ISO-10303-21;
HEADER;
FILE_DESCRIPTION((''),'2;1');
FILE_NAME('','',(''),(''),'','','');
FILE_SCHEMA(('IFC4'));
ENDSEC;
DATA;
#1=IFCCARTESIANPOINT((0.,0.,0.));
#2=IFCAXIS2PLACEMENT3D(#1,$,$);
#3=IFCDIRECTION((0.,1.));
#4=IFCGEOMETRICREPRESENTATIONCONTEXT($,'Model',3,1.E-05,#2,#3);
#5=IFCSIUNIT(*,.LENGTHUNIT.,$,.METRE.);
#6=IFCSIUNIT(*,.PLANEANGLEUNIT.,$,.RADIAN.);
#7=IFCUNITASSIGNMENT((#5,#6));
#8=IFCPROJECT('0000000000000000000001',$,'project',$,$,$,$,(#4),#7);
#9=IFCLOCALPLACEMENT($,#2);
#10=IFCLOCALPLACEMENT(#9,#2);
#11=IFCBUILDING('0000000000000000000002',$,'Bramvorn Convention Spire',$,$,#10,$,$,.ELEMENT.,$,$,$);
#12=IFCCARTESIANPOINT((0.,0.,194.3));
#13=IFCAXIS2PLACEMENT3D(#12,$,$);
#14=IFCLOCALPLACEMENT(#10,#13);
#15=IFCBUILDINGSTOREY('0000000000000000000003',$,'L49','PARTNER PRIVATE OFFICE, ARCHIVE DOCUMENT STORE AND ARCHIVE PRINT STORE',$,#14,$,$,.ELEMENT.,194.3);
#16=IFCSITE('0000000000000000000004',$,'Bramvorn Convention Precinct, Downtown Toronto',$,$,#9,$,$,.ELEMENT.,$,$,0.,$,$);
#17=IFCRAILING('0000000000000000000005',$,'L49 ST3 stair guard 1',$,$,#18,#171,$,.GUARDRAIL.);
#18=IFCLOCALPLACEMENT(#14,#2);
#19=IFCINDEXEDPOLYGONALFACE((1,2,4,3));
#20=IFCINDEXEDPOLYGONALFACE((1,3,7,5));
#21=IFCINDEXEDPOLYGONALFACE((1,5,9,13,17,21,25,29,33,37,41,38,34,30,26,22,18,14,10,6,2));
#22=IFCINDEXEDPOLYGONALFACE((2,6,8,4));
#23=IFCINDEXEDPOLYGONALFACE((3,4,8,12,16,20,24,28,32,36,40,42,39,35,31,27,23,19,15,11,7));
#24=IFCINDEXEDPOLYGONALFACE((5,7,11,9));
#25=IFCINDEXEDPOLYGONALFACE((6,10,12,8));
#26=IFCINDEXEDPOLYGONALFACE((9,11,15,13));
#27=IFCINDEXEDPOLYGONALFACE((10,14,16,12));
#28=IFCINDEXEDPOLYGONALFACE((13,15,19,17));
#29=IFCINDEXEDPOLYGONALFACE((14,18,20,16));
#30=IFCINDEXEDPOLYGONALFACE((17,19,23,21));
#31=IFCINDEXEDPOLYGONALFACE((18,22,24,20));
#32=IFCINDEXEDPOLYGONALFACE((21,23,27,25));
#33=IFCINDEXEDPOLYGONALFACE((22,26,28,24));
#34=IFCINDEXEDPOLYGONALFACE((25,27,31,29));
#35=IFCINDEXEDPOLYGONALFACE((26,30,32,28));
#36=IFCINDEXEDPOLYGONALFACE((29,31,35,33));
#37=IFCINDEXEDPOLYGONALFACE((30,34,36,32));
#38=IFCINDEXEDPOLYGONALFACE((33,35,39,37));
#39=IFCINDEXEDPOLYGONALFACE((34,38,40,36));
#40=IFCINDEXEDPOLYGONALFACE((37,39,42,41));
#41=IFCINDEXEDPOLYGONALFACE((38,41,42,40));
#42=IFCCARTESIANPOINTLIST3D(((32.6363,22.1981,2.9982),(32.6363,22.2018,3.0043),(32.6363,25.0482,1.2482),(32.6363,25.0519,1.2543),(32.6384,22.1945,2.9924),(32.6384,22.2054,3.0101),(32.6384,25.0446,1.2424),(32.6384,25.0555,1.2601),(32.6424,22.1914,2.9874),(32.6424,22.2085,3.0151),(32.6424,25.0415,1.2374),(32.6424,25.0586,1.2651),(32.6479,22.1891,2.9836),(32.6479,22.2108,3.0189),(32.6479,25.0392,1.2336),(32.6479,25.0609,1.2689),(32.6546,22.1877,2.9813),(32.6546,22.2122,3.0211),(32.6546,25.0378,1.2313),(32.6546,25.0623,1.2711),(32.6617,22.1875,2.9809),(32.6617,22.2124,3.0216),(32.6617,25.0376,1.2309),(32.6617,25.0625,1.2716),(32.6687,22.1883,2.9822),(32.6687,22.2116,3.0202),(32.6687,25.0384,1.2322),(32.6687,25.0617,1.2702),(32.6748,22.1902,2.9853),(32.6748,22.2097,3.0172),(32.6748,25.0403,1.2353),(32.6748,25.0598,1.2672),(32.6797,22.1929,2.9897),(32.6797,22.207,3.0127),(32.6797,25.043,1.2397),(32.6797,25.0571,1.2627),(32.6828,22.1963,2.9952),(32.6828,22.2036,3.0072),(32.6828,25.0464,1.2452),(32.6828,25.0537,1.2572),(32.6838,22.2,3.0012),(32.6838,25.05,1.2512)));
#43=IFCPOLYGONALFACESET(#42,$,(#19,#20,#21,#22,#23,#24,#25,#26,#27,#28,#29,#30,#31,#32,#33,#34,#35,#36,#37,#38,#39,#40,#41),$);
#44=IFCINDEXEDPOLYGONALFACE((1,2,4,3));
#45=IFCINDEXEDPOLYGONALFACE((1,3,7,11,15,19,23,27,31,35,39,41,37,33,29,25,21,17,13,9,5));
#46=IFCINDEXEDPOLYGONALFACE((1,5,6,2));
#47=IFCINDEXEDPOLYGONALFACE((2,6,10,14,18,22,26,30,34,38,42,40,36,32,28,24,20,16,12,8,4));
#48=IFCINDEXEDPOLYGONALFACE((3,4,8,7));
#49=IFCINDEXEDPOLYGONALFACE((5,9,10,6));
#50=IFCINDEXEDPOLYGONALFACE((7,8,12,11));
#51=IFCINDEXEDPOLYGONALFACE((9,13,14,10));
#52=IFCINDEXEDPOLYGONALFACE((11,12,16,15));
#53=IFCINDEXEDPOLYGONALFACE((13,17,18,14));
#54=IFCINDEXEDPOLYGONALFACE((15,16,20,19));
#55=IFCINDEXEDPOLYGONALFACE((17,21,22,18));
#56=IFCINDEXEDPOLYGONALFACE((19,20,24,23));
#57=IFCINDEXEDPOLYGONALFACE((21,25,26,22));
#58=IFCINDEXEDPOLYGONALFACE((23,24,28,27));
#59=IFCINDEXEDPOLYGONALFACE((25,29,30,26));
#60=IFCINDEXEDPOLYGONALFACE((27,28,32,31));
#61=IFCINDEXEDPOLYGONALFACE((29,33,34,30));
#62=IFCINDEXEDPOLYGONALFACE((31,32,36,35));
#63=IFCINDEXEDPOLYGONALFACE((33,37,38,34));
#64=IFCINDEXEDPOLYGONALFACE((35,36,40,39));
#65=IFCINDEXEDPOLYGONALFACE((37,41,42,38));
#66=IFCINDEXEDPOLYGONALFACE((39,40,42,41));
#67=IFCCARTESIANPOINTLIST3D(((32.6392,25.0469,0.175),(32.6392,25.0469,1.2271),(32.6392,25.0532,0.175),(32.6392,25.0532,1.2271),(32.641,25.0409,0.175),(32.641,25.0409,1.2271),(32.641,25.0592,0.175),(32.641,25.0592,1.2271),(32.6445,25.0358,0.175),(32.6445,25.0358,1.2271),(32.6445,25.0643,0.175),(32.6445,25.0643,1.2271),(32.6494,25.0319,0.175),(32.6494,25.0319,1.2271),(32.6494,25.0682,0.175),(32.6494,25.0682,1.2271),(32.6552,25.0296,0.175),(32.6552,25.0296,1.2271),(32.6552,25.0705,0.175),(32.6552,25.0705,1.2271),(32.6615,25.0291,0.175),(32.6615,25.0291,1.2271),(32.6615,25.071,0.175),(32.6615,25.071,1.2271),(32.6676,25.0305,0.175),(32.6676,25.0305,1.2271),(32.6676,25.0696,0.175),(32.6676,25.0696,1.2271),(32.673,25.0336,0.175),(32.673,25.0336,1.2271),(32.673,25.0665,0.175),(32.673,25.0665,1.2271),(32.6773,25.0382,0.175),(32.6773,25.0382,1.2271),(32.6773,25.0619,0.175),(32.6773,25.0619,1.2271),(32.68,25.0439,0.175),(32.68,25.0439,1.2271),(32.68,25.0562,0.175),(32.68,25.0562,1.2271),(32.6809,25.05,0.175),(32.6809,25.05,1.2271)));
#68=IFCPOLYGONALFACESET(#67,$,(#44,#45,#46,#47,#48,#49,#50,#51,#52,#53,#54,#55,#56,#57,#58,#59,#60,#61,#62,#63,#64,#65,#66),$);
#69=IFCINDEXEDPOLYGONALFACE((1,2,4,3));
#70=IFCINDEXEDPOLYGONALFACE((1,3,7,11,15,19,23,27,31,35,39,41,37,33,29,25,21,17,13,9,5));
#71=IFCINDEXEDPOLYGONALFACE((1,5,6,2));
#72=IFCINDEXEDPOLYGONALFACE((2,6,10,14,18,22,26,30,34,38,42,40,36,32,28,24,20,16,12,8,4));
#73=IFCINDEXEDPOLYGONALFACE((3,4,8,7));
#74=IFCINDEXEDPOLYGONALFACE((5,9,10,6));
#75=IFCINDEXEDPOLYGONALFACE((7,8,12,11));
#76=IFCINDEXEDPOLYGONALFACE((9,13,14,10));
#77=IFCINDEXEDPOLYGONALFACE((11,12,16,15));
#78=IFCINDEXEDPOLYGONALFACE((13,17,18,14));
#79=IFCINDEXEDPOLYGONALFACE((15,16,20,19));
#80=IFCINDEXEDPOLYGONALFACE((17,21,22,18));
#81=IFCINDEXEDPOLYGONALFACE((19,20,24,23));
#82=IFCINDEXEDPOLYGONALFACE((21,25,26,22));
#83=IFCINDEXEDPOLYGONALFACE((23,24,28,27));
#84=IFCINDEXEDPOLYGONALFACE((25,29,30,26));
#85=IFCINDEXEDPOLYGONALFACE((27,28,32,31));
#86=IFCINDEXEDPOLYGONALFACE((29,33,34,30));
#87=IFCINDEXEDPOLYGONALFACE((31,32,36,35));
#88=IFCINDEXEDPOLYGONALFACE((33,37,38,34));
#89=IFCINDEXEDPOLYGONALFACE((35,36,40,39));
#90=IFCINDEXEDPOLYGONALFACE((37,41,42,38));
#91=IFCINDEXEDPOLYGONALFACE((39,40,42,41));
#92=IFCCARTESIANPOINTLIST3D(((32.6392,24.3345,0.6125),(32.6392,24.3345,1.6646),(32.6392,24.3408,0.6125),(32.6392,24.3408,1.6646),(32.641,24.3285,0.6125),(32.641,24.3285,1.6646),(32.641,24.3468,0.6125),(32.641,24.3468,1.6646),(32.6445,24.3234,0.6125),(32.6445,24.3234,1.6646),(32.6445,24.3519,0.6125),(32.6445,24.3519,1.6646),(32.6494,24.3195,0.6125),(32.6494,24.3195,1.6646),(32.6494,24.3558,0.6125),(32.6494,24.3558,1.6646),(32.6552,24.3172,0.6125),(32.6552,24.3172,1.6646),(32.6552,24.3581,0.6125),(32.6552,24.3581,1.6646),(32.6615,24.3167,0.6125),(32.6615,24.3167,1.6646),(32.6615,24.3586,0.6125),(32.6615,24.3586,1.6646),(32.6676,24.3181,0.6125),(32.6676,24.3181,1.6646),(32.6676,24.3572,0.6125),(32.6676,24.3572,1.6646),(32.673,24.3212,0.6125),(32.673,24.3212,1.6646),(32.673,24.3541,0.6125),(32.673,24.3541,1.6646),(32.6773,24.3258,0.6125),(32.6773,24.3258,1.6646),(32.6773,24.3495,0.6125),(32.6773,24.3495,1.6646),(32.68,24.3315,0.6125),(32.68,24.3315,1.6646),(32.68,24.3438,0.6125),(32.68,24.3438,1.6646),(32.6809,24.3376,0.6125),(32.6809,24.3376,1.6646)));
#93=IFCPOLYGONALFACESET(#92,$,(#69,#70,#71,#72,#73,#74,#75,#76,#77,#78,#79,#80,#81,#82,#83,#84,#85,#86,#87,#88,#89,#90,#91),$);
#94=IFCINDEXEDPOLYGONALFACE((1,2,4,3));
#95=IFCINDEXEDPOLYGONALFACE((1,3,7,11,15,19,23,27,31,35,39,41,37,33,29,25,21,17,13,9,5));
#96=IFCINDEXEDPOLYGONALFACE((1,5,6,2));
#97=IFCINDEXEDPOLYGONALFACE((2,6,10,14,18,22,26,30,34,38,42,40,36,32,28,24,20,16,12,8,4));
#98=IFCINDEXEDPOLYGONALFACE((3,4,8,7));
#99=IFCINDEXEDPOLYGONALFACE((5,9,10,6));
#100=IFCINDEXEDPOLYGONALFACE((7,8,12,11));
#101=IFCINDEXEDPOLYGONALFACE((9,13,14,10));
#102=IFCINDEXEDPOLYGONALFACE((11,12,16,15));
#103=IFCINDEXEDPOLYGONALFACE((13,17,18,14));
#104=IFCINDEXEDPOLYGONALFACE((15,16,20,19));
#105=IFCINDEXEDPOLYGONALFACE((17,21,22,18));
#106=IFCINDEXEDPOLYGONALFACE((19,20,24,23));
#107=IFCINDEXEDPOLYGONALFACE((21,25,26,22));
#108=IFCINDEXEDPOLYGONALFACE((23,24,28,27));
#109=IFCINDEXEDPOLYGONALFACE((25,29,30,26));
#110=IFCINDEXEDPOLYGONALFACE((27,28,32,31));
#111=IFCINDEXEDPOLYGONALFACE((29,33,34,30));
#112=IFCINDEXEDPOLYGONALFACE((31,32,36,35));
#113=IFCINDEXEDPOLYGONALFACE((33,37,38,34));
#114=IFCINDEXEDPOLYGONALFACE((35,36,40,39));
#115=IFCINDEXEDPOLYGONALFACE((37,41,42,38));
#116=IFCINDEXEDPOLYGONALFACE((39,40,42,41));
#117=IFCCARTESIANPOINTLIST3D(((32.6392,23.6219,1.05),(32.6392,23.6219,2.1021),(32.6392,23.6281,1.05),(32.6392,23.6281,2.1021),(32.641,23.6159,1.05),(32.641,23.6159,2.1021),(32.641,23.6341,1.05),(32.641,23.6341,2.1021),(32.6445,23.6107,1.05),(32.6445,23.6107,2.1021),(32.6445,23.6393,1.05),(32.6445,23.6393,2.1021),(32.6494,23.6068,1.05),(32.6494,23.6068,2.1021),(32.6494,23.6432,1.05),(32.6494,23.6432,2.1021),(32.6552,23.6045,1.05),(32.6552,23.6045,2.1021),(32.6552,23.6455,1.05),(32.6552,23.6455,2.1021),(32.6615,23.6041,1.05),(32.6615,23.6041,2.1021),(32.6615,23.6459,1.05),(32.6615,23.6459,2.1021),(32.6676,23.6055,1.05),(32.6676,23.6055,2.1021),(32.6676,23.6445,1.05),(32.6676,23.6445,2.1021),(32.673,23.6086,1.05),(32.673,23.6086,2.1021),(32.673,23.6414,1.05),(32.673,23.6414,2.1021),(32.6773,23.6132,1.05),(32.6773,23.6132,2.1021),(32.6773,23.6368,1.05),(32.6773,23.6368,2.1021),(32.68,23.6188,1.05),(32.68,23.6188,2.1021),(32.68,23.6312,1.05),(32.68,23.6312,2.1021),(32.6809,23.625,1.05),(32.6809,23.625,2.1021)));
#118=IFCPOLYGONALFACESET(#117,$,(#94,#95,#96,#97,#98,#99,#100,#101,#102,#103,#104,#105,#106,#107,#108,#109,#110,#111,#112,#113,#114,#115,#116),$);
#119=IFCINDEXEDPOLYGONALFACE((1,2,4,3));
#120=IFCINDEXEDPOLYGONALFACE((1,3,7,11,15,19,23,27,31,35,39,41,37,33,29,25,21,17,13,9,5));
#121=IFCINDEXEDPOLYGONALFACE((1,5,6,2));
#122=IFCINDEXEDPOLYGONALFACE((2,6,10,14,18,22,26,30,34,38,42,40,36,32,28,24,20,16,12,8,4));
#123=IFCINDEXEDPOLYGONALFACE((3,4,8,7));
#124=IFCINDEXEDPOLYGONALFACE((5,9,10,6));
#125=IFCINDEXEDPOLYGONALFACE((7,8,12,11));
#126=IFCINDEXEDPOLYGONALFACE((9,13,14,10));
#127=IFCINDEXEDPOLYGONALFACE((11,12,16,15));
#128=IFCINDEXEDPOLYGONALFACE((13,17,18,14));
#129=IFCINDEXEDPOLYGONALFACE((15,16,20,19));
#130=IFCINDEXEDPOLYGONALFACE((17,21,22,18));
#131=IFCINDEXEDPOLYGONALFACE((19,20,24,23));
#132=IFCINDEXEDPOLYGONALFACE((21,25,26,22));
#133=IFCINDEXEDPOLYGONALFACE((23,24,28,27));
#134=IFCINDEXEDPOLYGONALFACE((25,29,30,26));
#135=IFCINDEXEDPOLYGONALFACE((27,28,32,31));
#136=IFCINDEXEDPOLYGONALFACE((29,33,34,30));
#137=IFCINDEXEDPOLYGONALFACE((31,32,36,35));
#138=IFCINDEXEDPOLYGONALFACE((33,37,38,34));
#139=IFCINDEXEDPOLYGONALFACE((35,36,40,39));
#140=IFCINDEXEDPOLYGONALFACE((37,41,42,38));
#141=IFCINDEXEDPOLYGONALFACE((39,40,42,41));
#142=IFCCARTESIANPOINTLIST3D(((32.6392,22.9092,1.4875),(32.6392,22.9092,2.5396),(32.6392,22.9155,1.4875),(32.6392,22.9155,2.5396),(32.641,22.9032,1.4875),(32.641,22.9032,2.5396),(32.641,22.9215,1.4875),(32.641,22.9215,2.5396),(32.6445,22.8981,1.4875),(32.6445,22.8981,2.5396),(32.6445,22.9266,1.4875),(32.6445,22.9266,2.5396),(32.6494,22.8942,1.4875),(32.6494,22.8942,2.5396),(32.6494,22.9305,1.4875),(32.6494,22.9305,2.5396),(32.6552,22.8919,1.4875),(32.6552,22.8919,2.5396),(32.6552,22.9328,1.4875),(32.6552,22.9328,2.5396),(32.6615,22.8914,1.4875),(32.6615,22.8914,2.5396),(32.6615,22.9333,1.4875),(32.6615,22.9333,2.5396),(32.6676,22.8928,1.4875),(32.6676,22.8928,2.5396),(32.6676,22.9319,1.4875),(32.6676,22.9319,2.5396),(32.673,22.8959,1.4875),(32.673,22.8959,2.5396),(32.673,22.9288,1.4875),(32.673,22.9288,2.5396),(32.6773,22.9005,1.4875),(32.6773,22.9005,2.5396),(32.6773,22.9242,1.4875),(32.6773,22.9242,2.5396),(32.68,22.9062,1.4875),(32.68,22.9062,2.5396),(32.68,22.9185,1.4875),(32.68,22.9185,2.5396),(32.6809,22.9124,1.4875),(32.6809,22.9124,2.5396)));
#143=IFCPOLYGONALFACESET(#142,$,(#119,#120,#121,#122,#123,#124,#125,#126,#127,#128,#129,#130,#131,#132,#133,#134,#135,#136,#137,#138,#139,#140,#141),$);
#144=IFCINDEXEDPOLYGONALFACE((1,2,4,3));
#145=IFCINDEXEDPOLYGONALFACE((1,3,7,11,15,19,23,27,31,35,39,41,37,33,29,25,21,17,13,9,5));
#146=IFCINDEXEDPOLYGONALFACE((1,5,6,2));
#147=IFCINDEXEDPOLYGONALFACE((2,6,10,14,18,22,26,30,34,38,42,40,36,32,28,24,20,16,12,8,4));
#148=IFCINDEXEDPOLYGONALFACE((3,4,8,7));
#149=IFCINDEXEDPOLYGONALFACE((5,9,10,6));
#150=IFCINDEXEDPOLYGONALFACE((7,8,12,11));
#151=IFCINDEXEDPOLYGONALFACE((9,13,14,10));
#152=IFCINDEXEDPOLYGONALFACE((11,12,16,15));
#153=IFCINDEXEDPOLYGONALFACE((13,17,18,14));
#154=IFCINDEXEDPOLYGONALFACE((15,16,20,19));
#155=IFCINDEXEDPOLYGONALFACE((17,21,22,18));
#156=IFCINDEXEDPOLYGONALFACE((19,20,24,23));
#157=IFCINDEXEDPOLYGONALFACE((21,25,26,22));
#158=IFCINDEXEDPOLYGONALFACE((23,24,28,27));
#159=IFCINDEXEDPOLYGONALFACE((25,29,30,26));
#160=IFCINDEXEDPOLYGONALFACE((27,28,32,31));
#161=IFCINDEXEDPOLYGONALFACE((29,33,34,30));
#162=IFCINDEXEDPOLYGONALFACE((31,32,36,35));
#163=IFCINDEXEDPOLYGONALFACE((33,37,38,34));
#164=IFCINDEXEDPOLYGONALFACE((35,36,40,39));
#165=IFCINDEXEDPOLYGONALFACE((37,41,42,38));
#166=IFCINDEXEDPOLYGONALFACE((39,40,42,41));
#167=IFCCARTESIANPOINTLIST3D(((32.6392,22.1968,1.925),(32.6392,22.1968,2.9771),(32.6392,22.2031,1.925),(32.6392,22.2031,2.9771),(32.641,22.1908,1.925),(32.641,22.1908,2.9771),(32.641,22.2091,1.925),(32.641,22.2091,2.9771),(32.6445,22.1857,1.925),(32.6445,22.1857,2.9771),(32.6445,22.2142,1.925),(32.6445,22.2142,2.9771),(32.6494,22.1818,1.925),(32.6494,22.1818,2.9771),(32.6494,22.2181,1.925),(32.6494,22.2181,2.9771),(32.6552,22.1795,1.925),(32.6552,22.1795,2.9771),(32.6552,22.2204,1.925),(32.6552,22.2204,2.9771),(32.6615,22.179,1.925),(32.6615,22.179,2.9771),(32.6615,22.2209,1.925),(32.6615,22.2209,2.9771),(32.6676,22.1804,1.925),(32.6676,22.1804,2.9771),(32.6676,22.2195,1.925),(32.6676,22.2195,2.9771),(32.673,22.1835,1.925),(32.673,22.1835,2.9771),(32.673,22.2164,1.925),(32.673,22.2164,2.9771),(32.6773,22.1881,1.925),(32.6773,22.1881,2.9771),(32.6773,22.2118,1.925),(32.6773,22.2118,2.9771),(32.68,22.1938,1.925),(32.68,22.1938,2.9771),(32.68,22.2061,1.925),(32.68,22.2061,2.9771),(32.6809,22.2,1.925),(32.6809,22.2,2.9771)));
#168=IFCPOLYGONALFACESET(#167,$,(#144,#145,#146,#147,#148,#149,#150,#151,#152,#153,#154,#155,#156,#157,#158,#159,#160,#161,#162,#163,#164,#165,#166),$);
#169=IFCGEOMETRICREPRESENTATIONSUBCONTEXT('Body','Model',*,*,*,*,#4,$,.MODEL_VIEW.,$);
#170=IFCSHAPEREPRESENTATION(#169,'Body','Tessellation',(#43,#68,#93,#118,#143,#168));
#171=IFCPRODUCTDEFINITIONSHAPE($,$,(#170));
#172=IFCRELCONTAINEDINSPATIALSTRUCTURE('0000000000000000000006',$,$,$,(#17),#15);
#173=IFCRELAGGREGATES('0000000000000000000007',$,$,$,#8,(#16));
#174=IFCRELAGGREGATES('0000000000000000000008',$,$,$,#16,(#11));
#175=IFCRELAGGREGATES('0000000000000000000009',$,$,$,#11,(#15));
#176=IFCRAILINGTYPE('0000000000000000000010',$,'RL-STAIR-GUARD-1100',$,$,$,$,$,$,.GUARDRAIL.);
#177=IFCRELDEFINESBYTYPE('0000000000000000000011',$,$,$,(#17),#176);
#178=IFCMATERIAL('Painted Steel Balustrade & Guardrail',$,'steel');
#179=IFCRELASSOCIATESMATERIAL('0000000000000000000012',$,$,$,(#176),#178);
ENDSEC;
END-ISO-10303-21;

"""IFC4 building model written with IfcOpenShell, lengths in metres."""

from ifc_helpers import new_model, si_unit, direction, frame, origin, origin_2d, place, context, subcontext, project, spatial, circle, extrude, material, type_object, element, save


model = new_model("IFC4")

# Units and contexts
model_context = context("Model", 3, precision=1e-05, world=origin(), true_north=direction((0.0, 1.0)))
body_context = subcontext(model_context, "Body", "Model", "MODEL_VIEW")
ifc_project = project(units=[si_unit("LENGTHUNIT", "METRE"), si_unit("PLANEANGLEUNIT", "RADIAN")], contexts=[model_context])

# Site, building, storey
site_placement = place(None, origin())
site = spatial("IfcSite", under=ifc_project, at=site_placement, Name="Bramvorn Convention Precinct, Downtown Toronto", CompositionType="ELEMENT", RefElevation=0.0)
building_placement = place(site_placement, origin())
building = spatial("IfcBuilding", under=site, at=building_placement, Name="Bramvorn Convention Spire", CompositionType="ELEMENT")
storey_placement = place(building_placement, frame((0.0, 0.0, 194.3)))
storey = spatial("IfcBuildingStorey", under=building, at=storey_placement, Name="L49", Description="PARTNER PRIVATE OFFICE, ARCHIVE DOCUMENT STORE AND ARCHIVE PRINT STORE", CompositionType="ELEMENT", Elevation=194.3)

# Railing
ifc_material_1 = material(Name="Painted Steel Balustrade & Guardrail", Category="steel")
railing_type_1 = type_object("IfcRailingType", Name="RL-STAIR-GUARD-1100", PredefinedType="GUARDRAIL", material=ifc_material_1)
railing_1_placement = place(storey_placement, frame((32.6599, 25.05, 0.175)))
element("IfcRailing", 1, at=railing_1_placement, inside=storey, type_object=railing_type_1, Name="L49 ST3 stair guard 1", PredefinedType="GUARDRAIL", context=body_context, shape_type="SweptSolid", body=[
    extrude(circle(Radius=0.0239, at=origin_2d()), frame((0.0, 0.0, 1.0762), z_axis=(0.0, -0.852179, 0.52325), x_axis=(1.0, 0.0, 0.0)), (0.0, 0.0, 1.0), 3.3445),
    extrude(circle(Radius=0.021, at=origin_2d()), origin(), (0.0, 0.0, 1.0), 1.052),
    extrude(circle(Radius=0.021, at=origin_2d()), frame((0.0, -0.7124, 0.4375)), (0.0, 0.0, 1.0), 1.052),
    extrude(circle(Radius=0.021, at=origin_2d()), frame((0.0, -1.425, 0.875)), (0.0, 0.0, 1.0), 1.052),
    extrude(circle(Radius=0.021, at=origin_2d()), frame((0.0, -2.1377, 1.3125)), (0.0, 0.0, 1.0), 1.052),
    extrude(circle(Radius=0.021, at=origin_2d()), frame((0.0, -2.8501, 1.75)), (0.0, 0.0, 1.0), 1.052),
])

save(model, "model.ifc")
